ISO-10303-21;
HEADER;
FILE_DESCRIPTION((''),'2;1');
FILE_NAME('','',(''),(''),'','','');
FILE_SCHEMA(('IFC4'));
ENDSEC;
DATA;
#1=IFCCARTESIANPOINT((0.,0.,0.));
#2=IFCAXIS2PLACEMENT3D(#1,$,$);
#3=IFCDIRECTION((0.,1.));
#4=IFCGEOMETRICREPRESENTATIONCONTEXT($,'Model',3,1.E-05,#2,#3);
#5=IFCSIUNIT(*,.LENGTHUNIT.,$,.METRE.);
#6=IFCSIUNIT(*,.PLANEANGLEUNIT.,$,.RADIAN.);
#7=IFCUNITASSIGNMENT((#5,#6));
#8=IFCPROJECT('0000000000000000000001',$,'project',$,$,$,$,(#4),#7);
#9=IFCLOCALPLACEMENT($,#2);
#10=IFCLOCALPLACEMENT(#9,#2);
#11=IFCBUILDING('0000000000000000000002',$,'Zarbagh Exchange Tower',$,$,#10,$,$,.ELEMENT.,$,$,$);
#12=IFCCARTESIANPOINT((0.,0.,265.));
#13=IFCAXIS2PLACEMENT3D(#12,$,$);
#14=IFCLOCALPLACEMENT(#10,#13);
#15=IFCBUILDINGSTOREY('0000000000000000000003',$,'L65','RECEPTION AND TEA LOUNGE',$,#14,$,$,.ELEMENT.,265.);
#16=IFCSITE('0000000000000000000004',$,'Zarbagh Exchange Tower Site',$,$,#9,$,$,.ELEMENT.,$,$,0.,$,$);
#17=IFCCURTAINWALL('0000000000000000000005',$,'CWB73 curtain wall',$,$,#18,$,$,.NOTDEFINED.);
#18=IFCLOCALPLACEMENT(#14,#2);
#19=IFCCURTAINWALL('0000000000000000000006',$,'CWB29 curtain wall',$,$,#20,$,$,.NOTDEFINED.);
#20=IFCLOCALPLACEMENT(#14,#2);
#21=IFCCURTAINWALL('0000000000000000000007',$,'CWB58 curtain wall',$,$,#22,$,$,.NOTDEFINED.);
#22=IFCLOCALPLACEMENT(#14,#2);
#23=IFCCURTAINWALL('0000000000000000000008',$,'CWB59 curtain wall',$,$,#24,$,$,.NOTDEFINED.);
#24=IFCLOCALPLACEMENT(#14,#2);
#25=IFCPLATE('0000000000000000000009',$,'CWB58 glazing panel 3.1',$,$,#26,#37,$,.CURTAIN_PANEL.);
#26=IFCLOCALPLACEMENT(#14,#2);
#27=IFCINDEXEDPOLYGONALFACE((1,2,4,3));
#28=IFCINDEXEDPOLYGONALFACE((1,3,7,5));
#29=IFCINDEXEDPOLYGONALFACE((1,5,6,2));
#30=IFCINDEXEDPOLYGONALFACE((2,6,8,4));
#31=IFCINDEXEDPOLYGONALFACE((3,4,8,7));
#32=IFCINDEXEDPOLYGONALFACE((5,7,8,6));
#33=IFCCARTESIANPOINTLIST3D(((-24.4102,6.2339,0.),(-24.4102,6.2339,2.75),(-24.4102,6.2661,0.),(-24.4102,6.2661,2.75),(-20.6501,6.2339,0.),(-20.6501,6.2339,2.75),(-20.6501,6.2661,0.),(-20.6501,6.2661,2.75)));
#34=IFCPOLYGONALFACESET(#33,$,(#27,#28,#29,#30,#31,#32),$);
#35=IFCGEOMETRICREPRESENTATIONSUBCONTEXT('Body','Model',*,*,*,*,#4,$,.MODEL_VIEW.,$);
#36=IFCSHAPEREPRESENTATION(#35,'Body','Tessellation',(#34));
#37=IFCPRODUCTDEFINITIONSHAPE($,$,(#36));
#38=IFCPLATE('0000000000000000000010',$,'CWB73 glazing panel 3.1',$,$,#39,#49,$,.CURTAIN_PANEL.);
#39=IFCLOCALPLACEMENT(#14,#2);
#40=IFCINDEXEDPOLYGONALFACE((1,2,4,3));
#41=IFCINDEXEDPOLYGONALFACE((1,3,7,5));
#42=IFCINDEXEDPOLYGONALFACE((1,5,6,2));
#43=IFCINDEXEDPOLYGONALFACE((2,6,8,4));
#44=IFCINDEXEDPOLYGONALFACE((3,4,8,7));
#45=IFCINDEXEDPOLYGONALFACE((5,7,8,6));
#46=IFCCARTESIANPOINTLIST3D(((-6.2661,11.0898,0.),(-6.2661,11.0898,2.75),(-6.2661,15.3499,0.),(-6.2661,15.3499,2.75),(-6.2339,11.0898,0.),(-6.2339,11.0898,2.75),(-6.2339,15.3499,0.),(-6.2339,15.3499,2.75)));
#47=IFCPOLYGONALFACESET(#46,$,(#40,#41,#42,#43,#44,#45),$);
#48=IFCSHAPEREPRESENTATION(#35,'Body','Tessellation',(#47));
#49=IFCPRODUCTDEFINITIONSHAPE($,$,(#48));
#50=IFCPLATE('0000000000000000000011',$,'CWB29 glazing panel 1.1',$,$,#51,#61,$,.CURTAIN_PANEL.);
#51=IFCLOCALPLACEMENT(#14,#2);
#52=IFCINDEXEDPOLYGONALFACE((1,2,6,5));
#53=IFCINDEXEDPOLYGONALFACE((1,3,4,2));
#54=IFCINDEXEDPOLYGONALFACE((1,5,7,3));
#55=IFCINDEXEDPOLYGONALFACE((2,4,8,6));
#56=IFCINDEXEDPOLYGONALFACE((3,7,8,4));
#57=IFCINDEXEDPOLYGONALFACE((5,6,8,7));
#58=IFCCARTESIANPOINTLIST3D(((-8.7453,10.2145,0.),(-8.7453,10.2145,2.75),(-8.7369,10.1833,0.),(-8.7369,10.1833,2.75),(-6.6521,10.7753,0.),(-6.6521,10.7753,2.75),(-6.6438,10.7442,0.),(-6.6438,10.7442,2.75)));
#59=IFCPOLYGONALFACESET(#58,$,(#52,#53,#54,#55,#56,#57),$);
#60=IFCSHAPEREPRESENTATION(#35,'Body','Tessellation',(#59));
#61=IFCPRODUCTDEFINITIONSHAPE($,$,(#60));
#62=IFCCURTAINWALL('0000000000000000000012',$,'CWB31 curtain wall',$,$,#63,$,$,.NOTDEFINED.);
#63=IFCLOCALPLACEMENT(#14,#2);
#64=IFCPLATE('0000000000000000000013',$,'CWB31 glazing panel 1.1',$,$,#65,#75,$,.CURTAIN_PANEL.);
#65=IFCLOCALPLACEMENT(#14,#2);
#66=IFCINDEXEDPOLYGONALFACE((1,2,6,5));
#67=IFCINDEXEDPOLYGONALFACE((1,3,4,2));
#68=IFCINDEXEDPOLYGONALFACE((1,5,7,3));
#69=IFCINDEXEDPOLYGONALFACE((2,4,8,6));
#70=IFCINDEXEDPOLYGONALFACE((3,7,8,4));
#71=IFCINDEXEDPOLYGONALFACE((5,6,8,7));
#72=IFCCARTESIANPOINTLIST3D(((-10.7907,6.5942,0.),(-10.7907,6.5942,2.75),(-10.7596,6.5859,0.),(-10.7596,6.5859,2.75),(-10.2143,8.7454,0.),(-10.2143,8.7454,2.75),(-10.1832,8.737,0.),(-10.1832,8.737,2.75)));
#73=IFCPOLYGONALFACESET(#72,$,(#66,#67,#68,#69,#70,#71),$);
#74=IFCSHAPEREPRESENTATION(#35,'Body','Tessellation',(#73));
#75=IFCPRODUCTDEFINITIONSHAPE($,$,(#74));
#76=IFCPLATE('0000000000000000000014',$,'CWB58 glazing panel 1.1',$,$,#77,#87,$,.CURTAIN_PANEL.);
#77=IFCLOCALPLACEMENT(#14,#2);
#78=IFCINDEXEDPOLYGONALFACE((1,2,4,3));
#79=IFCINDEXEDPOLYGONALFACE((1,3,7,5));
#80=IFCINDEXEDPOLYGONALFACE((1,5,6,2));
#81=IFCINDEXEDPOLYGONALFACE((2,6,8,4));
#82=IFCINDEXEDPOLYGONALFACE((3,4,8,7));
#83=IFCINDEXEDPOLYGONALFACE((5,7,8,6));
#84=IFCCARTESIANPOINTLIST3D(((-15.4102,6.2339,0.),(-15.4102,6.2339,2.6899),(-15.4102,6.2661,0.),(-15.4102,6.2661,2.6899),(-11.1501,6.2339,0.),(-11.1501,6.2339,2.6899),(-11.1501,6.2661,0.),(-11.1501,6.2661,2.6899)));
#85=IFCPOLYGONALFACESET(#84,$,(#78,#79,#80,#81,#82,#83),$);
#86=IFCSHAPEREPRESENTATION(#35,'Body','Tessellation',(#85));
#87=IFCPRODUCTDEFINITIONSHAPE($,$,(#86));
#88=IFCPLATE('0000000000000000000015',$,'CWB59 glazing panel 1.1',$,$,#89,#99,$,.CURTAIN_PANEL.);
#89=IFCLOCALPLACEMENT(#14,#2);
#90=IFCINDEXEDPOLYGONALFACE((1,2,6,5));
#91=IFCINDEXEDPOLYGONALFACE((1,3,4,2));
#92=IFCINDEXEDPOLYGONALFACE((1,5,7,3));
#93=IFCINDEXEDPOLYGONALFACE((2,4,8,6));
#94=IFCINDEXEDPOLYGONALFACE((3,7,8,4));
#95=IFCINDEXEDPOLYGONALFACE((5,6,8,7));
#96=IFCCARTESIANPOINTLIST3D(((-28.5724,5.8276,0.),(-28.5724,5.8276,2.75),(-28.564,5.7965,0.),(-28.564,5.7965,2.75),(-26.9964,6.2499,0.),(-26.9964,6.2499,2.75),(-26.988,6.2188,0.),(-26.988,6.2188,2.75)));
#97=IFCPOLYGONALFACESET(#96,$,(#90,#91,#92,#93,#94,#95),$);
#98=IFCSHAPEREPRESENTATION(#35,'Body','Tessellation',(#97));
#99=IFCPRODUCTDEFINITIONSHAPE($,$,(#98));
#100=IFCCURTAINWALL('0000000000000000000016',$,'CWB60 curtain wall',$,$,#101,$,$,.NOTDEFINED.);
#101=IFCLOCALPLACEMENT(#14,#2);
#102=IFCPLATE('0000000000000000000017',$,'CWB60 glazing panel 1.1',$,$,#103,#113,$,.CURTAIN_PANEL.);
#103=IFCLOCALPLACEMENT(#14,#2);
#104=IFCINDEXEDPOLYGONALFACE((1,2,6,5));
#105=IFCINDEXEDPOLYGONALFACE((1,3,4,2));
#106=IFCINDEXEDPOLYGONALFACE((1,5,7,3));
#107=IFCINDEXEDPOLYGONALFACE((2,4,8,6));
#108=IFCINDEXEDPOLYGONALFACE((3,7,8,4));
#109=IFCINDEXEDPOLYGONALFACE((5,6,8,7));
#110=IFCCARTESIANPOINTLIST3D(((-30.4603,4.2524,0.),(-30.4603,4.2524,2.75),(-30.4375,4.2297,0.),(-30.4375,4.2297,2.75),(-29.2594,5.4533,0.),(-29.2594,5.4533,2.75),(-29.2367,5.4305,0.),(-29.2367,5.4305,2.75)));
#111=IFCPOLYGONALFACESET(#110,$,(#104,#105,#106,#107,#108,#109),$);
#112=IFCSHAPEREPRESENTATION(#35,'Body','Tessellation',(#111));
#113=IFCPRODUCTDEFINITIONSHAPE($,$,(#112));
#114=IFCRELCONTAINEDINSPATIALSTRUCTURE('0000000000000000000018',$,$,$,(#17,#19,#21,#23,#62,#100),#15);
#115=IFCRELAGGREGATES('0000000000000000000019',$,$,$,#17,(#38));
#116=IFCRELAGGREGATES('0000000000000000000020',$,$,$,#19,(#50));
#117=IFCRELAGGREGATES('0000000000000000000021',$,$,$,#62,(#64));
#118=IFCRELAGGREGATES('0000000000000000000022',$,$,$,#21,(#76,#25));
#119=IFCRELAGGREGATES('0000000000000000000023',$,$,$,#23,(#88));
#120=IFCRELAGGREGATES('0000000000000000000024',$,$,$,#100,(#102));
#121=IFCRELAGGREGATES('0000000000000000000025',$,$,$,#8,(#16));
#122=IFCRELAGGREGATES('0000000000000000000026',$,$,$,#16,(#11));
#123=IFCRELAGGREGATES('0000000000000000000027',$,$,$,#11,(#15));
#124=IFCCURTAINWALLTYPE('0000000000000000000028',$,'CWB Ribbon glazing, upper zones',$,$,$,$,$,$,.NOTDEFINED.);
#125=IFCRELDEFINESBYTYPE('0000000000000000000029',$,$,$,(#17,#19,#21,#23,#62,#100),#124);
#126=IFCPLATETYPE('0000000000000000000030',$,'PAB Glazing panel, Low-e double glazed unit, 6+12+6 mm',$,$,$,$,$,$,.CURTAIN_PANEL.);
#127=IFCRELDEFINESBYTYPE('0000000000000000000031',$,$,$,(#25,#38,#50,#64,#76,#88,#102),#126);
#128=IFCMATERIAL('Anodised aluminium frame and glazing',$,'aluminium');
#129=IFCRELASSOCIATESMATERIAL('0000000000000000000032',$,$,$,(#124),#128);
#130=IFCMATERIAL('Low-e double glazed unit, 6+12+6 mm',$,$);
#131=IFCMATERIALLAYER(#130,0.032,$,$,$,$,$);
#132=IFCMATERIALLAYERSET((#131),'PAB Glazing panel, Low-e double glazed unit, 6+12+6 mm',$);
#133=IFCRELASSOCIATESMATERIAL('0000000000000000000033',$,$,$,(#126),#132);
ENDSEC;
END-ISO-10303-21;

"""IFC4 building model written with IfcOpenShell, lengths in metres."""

from ifc_helpers import new_model, si_unit, direction, frame, origin, place, context, subcontext, project, spatial, polyline, outline, extrude, source, transform, mapped, material, layer, layer_set, type_object, element, aggregate, save


model = new_model("IFC4")

# Units and contexts
model_context = context("Model", 3, precision=1e-05, world=origin(), true_north=direction((0.0, 1.0)))
body_context = subcontext(model_context, "Body", "Model", "MODEL_VIEW")
ifc_project = project(units=[si_unit("LENGTHUNIT", "METRE"), si_unit("PLANEANGLEUNIT", "RADIAN")], contexts=[model_context])

# Site, building, storey
site_placement = place(None, origin())
site = spatial("IfcSite", under=ifc_project, at=site_placement, Name="Zarbagh Exchange Tower Site", CompositionType="ELEMENT", RefElevation=0.0)
building_placement = place(site_placement, origin())
building = spatial("IfcBuilding", under=site, at=building_placement, Name="Zarbagh Exchange Tower", CompositionType="ELEMENT")
storey_placement = place(building_placement, frame((0.0, 0.0, 265.0)))
storey = spatial("IfcBuildingStorey", under=building, at=storey_placement, Name="L65", Description="RECEPTION AND TEA LOUNGE", CompositionType="ELEMENT", Elevation=265.0)

# Curtain walls
ifc_material_1 = material(Name="Anodised aluminium frame and glazing", Category="aluminium")
curtain_wall_type = type_object("IfcCurtainWallType", Name="CWB Ribbon glazing, upper zones", PredefinedType="NOTDEFINED", material=ifc_material_1)
curtain_wall_1_placement = place(storey_placement, origin())
curtain_wall_1 = element("IfcCurtainWall", 1, at=curtain_wall_1_placement, inside=storey, type_object=curtain_wall_type, Name="CWB73 curtain wall", PredefinedType="NOTDEFINED")
placement = place(storey_placement, origin())
curtain_wall_2_placement = place(storey_placement, origin())
curtain_wall_2 = element("IfcCurtainWall", 2, at=curtain_wall_2_placement, inside=storey, type_object=curtain_wall_type, Name="CWB29 curtain wall", PredefinedType="NOTDEFINED")

# Curtain wall
curtain_wall_3_placement = place(storey_placement, origin())
curtain_wall_3 = element("IfcCurtainWall", 3, at=curtain_wall_3_placement, inside=storey, type_object=curtain_wall_type, Name="CWB58 curtain wall", PredefinedType="NOTDEFINED")

# Curtain wall
curtain_wall_4_placement = place(storey_placement, origin())
curtain_wall_4 = element("IfcCurtainWall", 4, at=curtain_wall_4_placement, inside=storey, type_object=curtain_wall_type, Name="CWB59 curtain wall", PredefinedType="NOTDEFINED")

# Shared definitions
ifc_material_2 = material(Name="Low-e double glazed unit, 6+12+6 mm")
ifc_layer = layer(ifc_material_2, 0.032)
ifc_layer_set = layer_set([ifc_layer], Name="PAB Glazing panel, Low-e double glazed unit, 6+12+6 mm")
plate_type = type_object("IfcPlateType", Name="PAB Glazing panel, Low-e double glazed unit, 6+12+6 mm", PredefinedType="CURTAIN_PANEL", material=ifc_layer_set)

# Plates
shared_shape_1 = source(origin(), body_context, "Body", "SweptSolid", [
    extrude(outline(polyline([(0.0, -0.0161), (3.76, -0.0161), (3.76, 0.0161), (0.0, 0.0161), (0.0, -0.0161)])), origin(), (0.0, 0.0, 1.0), 2.75),
])
plate_1 = element("IfcPlate", 5, at=placement, type_object=plate_type, Name="CWB58 glazing panel 3.1", PredefinedType="CURTAIN_PANEL", context=body_context, shape_type="MappedRepresentation", body=[
    mapped(shared_shape_1, transform((-20.6501, 6.25, 0.0), x_axis=(-1.0, 0.0, 0.0), y_axis=(0.0, -1.0, 0.0), z_axis=(0.0, 0.0, 1.0))),
])
shared_shape_2 = source(origin(), body_context, "Body", "SweptSolid", [
    extrude(outline(polyline([(0.0, -0.0161), (4.26, -0.0161), (4.26, 0.0161), (0.0, 0.0161), (0.0, -0.0161)])), origin(), (0.0, 0.0, 1.0), 2.75),
])
plate_2 = element("IfcPlate", 6, at=placement, type_object=plate_type, Name="CWB73 glazing panel 3.1", PredefinedType="CURTAIN_PANEL", context=body_context, shape_type="MappedRepresentation", body=[
    mapped(shared_shape_2, transform((-6.25, 15.3499, 0.0), x_axis=(0.0, -1.0, 0.0), y_axis=(1.0, 0.0, 0.0), z_axis=(0.0, 0.0, 1.0))),
])
aggregate(curtain_wall_1, [plate_2])
shared_shape_3 = source(origin(), body_context, "Body", "SweptSolid", [
    extrude(outline(polyline([(0.0, -0.0161), (2.167, -0.0161), (2.167, 0.0161), (0.0, 0.0161), (0.0, -0.0161)])), origin(), (0.0, 0.0, 1.0), 2.75),
])
plate_3 = element("IfcPlate", 7, at=placement, type_object=plate_type, Name="CWB29 glazing panel 1.1", PredefinedType="CURTAIN_PANEL", context=body_context, shape_type="MappedRepresentation", body=[
    mapped(shared_shape_3, transform((-6.6479, 10.7598, 0.0), x_axis=(-0.965924, -0.258825, 0.0), y_axis=(0.258825, -0.965924, 0.0), z_axis=(0.0, 0.0, 1.0))),
])
aggregate(curtain_wall_2, [plate_3])

# Curtain wall, plate
curtain_wall_5_placement = place(storey_placement, origin())
curtain_wall_5 = element("IfcCurtainWall", 8, at=curtain_wall_5_placement, inside=storey, type_object=curtain_wall_type, Name="CWB31 curtain wall", PredefinedType="NOTDEFINED")
shared_shape_4 = source(origin(), body_context, "Body", "SweptSolid", [
    extrude(outline(polyline([(0.0, -0.0161), (2.2271, -0.0161), (2.2271, 0.0161), (0.0, 0.0161), (0.0, -0.0161)])), origin(), (0.0, 0.0, 1.0), 2.75),
])
plate_4 = element("IfcPlate", 9, at=placement, type_object=plate_type, Name="CWB31 glazing panel 1.1", PredefinedType="CURTAIN_PANEL", context=body_context, shape_type="MappedRepresentation", body=[
    mapped(shared_shape_4, transform((-10.1987, 8.7412, 0.0), x_axis=(-0.258825, -0.965924, 0.0), y_axis=(0.965924, -0.258825, 0.0), z_axis=(0.0, 0.0, 1.0))),
])
aggregate(curtain_wall_5, [plate_4])

# Plates
shared_shape_5 = source(origin(), body_context, "Body", "SweptSolid", [
    extrude(outline(polyline([(0.0, -0.0161), (4.26, -0.0161), (4.26, 0.0161), (0.0, 0.0161), (0.0, -0.0161)])), origin(), (0.0, 0.0, 1.0), 2.6899),
])
plate_5 = element("IfcPlate", 10, at=placement, type_object=plate_type, Name="CWB58 glazing panel 1.1", PredefinedType="CURTAIN_PANEL", context=body_context, shape_type="MappedRepresentation", body=[
    mapped(shared_shape_5, transform((-11.1501, 6.25, 0.0), x_axis=(-1.0, 0.0, 0.0), y_axis=(0.0, -1.0, 0.0), z_axis=(0.0, 0.0, 1.0))),
])
aggregate(curtain_wall_3, [plate_5, plate_1])
shared_shape_6 = source(origin(), body_context, "Body", "SweptSolid", [
    extrude(outline(polyline([(0.0, -0.0161), (1.6316, -0.0161), (1.6316, 0.0161), (0.0, 0.0161), (0.0, -0.0161)])), origin(), (0.0, 0.0, 1.0), 2.75),
])
plate_6 = element("IfcPlate", 11, at=placement, type_object=plate_type, Name="CWB59 glazing panel 1.1", PredefinedType="CURTAIN_PANEL", context=body_context, shape_type="MappedRepresentation", body=[
    mapped(shared_shape_6, transform((-26.9922, 6.2344, 0.0), x_axis=(-0.965924, -0.258825, 0.0), y_axis=(0.258825, -0.965924, 0.0), z_axis=(0.0, 0.0, 1.0))),
])
aggregate(curtain_wall_4, [plate_6])

# Curtain wall, plate
curtain_wall_6_placement = place(storey_placement, origin())
curtain_wall_6 = element("IfcCurtainWall", 12, at=curtain_wall_6_placement, inside=storey, type_object=curtain_wall_type, Name="CWB60 curtain wall", PredefinedType="NOTDEFINED")
shared_shape_7 = source(origin(), body_context, "Body", "SweptSolid", [
    extrude(outline(polyline([(0.0, -0.0161), (1.6982, -0.0161), (1.6982, 0.0161), (0.0, 0.0161), (0.0, -0.0161)])), origin(), (0.0, 0.0, 1.0), 2.75),
])
plate_7 = element("IfcPlate", 13, at=placement, type_object=plate_type, Name="CWB60 glazing panel 1.1", PredefinedType="CURTAIN_PANEL", context=body_context, shape_type="MappedRepresentation", body=[
    mapped(shared_shape_7, transform((-29.248, 5.4419, 0.0), x_axis=(-0.707107, -0.707107, 0.0), y_axis=(0.707107, -0.707107, 0.0), z_axis=(0.0, 0.0, 1.0))),
])
aggregate(curtain_wall_6, [plate_7])

save(model, "model.ifc")
